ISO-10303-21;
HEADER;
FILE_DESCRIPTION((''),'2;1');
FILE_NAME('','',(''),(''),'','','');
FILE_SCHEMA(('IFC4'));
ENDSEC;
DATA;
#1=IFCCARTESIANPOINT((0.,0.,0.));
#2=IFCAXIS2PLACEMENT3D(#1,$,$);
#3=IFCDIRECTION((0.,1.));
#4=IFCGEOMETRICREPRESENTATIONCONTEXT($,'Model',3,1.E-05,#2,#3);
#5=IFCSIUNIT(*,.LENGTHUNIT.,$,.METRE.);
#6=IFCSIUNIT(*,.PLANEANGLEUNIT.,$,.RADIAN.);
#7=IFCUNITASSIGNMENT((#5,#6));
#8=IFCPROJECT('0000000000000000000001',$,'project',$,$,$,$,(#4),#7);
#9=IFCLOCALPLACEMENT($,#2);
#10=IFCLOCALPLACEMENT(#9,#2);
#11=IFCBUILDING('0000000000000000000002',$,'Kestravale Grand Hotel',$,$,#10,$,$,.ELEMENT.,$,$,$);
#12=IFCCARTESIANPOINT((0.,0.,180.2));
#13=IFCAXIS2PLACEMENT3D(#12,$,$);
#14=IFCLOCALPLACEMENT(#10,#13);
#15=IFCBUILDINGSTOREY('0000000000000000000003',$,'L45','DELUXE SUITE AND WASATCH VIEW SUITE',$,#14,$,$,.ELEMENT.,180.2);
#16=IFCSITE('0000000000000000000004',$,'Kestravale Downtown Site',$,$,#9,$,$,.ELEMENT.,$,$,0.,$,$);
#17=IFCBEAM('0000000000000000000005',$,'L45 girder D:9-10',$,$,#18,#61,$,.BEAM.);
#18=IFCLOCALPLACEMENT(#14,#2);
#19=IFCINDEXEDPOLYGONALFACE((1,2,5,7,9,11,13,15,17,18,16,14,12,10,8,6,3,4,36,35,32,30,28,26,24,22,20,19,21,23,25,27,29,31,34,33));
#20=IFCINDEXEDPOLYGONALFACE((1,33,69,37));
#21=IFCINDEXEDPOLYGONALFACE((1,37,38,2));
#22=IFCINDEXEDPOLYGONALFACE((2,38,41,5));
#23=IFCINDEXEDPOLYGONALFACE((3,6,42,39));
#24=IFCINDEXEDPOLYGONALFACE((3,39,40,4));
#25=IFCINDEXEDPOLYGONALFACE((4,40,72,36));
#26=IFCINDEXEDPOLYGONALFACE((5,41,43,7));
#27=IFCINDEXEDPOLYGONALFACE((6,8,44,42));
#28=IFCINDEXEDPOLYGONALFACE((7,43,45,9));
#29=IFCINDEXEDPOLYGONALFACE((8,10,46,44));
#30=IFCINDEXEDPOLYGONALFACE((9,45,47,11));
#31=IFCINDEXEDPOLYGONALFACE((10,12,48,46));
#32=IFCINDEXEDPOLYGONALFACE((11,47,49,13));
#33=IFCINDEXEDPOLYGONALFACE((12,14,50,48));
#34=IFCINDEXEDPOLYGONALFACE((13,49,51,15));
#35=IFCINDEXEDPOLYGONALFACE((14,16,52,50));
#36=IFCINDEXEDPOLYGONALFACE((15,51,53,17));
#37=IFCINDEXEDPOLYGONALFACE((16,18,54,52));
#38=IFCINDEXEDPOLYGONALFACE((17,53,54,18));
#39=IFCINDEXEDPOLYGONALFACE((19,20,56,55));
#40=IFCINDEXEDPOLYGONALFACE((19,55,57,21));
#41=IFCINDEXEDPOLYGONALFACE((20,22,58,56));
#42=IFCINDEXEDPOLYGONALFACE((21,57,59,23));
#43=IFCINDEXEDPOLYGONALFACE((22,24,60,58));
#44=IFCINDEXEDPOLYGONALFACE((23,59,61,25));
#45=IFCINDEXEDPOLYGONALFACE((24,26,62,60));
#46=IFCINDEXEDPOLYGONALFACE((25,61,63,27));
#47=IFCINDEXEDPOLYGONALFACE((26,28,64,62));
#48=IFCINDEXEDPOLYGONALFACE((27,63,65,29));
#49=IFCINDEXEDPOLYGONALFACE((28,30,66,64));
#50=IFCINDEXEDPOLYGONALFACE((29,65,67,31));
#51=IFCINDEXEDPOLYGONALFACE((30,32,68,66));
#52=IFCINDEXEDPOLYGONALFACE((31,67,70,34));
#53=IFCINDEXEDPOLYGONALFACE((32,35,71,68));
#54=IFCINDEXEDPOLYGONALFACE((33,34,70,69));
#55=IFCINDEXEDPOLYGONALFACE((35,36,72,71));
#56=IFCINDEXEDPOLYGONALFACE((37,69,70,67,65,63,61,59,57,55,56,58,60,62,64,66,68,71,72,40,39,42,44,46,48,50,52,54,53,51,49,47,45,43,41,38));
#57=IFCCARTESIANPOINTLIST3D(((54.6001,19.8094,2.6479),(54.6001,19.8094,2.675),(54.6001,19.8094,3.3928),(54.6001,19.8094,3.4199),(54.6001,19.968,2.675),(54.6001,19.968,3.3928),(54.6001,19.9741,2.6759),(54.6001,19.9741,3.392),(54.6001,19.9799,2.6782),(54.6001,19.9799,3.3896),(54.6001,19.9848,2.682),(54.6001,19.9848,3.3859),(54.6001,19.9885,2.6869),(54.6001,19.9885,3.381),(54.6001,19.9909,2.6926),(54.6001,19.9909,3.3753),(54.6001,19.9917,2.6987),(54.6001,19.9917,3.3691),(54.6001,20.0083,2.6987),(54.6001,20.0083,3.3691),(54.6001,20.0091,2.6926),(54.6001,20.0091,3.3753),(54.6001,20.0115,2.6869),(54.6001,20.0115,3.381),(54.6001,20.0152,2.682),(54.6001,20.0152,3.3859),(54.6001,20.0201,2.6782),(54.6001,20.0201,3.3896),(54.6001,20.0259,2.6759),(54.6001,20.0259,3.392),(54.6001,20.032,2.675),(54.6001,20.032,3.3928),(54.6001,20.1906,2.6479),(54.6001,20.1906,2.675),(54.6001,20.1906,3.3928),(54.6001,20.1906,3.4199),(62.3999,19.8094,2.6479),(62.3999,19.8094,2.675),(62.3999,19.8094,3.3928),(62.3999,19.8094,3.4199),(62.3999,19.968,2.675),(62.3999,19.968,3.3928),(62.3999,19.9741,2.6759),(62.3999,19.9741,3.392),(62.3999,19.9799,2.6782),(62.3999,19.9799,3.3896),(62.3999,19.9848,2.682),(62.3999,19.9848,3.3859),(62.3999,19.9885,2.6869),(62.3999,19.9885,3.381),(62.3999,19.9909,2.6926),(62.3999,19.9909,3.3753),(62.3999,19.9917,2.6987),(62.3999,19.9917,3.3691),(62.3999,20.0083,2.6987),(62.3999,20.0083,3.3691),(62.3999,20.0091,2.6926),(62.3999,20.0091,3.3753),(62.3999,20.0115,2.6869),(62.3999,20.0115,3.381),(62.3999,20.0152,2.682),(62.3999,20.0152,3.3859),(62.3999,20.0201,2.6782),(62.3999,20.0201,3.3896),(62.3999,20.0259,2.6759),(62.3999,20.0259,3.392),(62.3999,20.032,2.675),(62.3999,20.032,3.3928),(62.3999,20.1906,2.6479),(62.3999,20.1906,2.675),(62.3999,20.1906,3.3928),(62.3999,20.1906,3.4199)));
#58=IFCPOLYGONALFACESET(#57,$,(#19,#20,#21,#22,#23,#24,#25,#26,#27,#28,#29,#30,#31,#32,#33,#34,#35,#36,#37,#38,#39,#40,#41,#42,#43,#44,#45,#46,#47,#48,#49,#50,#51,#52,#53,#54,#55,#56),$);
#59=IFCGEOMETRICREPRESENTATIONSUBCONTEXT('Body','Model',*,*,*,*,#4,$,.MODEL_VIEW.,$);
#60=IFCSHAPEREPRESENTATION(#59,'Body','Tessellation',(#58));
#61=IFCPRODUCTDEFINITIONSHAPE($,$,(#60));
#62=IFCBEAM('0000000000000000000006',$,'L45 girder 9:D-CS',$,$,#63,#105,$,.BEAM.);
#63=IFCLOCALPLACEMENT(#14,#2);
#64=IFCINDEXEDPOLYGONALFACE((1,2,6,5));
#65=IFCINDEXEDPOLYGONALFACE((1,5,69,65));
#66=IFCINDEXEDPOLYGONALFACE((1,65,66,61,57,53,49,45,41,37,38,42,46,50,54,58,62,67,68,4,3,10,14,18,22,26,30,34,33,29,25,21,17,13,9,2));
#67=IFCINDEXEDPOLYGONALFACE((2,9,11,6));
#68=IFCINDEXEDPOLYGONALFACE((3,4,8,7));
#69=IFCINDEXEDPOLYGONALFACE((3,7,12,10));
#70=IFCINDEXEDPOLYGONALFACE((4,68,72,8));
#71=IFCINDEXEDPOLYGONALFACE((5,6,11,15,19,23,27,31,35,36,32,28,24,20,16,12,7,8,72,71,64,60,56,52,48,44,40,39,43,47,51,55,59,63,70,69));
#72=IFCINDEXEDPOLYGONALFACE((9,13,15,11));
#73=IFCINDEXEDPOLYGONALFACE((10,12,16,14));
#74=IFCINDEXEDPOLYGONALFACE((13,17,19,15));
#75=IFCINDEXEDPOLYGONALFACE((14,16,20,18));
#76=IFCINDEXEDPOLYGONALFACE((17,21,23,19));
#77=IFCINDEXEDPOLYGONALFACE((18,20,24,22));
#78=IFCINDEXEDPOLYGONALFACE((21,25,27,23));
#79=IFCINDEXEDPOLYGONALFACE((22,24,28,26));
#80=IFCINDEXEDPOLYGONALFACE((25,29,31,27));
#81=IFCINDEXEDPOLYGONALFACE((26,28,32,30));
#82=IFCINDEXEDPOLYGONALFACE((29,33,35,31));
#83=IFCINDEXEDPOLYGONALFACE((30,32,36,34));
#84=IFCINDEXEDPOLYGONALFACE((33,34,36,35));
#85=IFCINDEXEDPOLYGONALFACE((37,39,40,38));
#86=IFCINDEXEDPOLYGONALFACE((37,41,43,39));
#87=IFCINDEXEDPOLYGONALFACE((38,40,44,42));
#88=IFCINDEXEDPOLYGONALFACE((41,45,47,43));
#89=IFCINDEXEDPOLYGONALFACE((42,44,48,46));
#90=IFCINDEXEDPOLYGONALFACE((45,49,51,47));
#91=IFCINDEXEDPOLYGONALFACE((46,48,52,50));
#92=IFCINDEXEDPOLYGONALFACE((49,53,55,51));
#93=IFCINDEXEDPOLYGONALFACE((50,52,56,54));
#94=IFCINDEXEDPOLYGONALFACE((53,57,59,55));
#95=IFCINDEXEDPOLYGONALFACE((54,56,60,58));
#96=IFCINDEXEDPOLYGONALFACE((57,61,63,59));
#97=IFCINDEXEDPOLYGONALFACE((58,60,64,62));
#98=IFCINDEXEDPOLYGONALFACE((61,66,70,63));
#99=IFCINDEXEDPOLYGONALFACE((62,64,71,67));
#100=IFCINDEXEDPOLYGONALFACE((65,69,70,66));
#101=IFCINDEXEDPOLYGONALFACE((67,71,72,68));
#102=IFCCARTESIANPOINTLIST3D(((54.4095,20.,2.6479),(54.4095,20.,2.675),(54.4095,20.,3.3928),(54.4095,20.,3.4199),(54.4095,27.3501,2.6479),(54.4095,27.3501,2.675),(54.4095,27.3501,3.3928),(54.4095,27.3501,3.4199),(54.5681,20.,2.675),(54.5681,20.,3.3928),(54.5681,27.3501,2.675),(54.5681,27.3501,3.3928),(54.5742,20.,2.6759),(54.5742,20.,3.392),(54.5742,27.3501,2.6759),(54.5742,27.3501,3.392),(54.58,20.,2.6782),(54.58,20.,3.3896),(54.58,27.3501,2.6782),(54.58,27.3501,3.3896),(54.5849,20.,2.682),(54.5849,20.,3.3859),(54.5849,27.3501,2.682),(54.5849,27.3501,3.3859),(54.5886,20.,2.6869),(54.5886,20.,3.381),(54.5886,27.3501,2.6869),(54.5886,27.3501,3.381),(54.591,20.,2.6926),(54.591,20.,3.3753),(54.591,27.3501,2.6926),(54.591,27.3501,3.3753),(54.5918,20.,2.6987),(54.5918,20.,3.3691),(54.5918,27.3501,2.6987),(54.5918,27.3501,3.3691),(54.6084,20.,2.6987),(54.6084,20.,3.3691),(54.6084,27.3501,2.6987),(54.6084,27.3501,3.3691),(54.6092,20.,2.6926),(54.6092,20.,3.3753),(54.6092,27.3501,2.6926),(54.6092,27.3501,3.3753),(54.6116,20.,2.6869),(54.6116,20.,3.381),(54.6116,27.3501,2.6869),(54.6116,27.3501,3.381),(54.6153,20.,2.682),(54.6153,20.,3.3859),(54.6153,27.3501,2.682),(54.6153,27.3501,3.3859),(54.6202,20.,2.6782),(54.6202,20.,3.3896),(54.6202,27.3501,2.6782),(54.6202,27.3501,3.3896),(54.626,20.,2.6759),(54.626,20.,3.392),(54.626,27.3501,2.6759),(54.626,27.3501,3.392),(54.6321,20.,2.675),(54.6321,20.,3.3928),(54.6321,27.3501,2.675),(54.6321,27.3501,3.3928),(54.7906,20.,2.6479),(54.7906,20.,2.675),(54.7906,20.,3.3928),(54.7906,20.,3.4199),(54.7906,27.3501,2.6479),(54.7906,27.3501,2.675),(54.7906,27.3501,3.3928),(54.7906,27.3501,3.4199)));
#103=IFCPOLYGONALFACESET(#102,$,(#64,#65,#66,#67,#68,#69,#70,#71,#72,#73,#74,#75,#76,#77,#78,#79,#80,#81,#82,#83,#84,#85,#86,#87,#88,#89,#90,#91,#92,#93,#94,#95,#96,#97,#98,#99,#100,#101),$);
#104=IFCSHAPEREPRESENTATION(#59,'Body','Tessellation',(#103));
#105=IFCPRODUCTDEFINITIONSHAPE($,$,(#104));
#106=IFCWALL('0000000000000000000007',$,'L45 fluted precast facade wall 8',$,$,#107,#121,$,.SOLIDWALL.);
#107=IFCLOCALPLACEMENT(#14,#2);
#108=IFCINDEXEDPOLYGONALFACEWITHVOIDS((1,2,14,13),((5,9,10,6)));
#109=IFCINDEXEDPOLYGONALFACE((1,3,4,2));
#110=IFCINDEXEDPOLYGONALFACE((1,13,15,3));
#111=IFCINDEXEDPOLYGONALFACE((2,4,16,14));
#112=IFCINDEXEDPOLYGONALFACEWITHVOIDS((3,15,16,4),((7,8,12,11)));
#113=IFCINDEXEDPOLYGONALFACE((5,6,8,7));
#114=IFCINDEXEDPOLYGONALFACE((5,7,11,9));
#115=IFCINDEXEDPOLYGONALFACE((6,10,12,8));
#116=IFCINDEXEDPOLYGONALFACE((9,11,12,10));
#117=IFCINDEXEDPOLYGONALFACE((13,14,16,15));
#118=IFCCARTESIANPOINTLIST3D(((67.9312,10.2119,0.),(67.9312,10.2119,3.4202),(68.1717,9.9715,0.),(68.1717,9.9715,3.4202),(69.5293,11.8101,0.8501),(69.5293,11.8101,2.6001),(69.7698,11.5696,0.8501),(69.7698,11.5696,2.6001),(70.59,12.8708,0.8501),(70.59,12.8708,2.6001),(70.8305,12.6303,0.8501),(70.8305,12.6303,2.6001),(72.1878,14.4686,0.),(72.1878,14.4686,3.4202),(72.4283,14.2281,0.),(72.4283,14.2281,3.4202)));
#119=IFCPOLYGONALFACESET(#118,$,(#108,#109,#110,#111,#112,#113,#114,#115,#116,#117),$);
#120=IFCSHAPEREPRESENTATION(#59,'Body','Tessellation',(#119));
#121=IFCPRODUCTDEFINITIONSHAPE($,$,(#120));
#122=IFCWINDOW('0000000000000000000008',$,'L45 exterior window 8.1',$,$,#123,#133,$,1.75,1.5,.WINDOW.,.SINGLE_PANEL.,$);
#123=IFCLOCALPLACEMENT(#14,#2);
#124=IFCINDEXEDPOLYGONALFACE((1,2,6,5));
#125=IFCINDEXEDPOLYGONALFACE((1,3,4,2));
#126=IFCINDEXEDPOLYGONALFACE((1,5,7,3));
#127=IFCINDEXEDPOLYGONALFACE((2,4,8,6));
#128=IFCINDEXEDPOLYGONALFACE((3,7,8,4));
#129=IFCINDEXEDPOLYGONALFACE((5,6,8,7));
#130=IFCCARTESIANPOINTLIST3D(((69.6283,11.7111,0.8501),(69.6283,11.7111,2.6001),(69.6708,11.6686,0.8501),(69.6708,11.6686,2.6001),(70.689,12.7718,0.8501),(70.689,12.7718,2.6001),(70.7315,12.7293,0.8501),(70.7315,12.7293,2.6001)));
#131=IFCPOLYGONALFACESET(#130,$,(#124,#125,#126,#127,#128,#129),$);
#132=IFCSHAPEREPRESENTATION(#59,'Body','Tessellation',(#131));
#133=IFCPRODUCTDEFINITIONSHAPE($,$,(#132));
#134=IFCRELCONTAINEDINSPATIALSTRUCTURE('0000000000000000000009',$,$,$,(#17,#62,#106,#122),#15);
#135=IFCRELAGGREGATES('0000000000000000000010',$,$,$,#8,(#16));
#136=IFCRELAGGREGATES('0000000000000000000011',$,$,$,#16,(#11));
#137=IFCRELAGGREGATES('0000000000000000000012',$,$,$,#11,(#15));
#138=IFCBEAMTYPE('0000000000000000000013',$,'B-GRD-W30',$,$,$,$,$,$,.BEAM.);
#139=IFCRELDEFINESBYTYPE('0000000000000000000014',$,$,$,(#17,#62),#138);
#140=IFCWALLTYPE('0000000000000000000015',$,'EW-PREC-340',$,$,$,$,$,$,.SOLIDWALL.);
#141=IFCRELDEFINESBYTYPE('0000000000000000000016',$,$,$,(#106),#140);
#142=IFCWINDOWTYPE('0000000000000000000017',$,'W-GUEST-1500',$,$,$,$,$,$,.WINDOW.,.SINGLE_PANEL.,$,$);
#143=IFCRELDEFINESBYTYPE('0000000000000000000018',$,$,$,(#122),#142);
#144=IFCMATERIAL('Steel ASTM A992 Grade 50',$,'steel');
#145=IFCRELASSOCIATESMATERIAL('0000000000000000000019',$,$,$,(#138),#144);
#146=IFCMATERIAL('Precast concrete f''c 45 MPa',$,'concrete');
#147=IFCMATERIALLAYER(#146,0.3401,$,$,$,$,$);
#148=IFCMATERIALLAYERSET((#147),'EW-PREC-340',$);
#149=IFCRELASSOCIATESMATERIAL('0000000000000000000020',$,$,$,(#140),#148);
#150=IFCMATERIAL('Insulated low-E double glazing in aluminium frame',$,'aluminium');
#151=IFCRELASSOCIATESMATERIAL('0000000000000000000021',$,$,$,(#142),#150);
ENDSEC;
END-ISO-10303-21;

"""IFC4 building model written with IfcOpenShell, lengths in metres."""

from ifc_helpers import new_model, si_unit, direction, frame, frame_2d, origin, origin_2d, place, context, subcontext, project, spatial, rectangle, i_section, extrude, material, layer, layer_set, material_profile, profile_set, type_object, element, fill, save


model = new_model("IFC4")

# Units and contexts
model_context = context("Model", 3, precision=1e-05, world=origin(), true_north=direction((0.0, 1.0)))
body_context = subcontext(model_context, "Body", "Model", "MODEL_VIEW")
ifc_project = project(units=[si_unit("LENGTHUNIT", "METRE"), si_unit("PLANEANGLEUNIT", "RADIAN")], contexts=[model_context])

# Site, building, storey
site_placement = place(None, origin())
site = spatial("IfcSite", under=ifc_project, at=site_placement, Name="Kestravale Downtown Site", CompositionType="ELEMENT", RefElevation=0.0)
building_placement = place(site_placement, origin())
building = spatial("IfcBuilding", under=site, at=building_placement, Name="Kestravale Grand Hotel", CompositionType="ELEMENT")
storey_placement = place(building_placement, frame((0.0, 0.0, 180.2)))
storey = spatial("IfcBuildingStorey", under=building, at=storey_placement, Name="L45", Description="DELUXE SUITE AND WASATCH VIEW SUITE", CompositionType="ELEMENT", Elevation=180.2)

# Beams
ifc_material_1 = material(Name="Steel ASTM A992 Grade 50", Category="steel")
ifc_material_profile_1 = material_profile(ifc_material_1, i_section(OverallWidth=0.3811, OverallDepth=0.772, WebThickness=0.0166, FlangeThickness=0.0271, FilletRadius=0.0237, at=origin_2d()))
ifc_profile_set_1 = profile_set([ifc_material_profile_1], Name="Steel ASTM A992 Grade 50")
beam_type_1 = type_object("IfcBeamType", Name="B-GRD-W30", PredefinedType="BEAM", material=ifc_profile_set_1)
beam_1_placement = place(storey_placement, frame((54.6001, 20.0, 3.0339), z_axis=(1.0, 0.0, 0.0), x_axis=(0.0, 1.0, 0.0)))
element("IfcBeam", 1, at=beam_1_placement, inside=storey, type_object=beam_type_1, Name="L45 girder D:9-10", PredefinedType="BEAM", context=body_context, shape_type="SweptSolid", body=[
    extrude(i_section(OverallWidth=0.3811, OverallDepth=0.772, WebThickness=0.0166, FlangeThickness=0.0271, FilletRadius=0.0237, at=origin_2d()), origin(), (0.0, 0.0, 1.0), 7.7998),
])
beam_2_placement = place(storey_placement, frame((54.6001, 20.0, 3.0339), z_axis=(0.0, 1.0, 0.0), x_axis=(-1.0, 0.0, 0.0)))
element("IfcBeam", 2, at=beam_2_placement, inside=storey, type_object=beam_type_1, Name="L45 girder 9:D-CS", PredefinedType="BEAM", context=body_context, shape_type="SweptSolid", body=[
    extrude(i_section(OverallWidth=0.3811, OverallDepth=0.772, WebThickness=0.0166, FlangeThickness=0.0271, FilletRadius=0.0237, at=origin_2d()), origin(), (0.0, 0.0, 1.0), 7.3501),
])

# Wall, opening, window
ifc_material_2 = material(Name="Precast concrete f'c 45 MPa", Category="concrete")
ifc_layer_1 = layer(ifc_material_2, 0.3401)
ifc_layer_set_1 = layer_set([ifc_layer_1], Name="EW-PREC-340")
wall_type_1 = type_object("IfcWallType", Name="EW-PREC-340", PredefinedType="SOLIDWALL", material=ifc_layer_set_1)
wall_1_placement = place(storey_placement, frame((68.0515, 10.0918, 0.0), z_axis=(0.0, 0.0, 1.0), x_axis=(0.707107, 0.707107, 0.0)))
wall_1 = element("IfcWall", 3, at=wall_1_placement, inside=storey, type_object=wall_type_1, Name="L45 fluted precast facade wall 8", PredefinedType="SOLIDWALL", context=body_context, shape_type="SweptSolid", body=[
    extrude(rectangle(XDim=6.0198, YDim=0.3401, at=frame_2d((3.0098, 0.0))), origin(), (0.0, 0.0, 1.0), 3.4202),
])
opening_1_placement = place(wall_1_placement, frame((2.26, 0.0, 0.8501)))
opening_1 = element("IfcOpeningElement", 4, at=opening_1_placement, cuts=wall_1, PredefinedType="OPENING", context=body_context, shape_type="SweptSolid", body=[
    extrude(rectangle(XDim=1.5, YDim=1.75, at=frame_2d((0.75, 0.875))), frame((0.0, 0.1799, 0.0), z_axis=(0.0, -1.0, 0.0), x_axis=(1.0, 0.0, 0.0)), (0.0, 0.0, 1.0), 0.3601),
])
ifc_material_3 = material(Name="Insulated low-E double glazing in aluminium frame", Category="aluminium")
window_type = type_object("IfcWindowType", Name="W-GUEST-1500", PartitioningType="SINGLE_PANEL", PredefinedType="WINDOW", material=ifc_material_3)
window_1_placement = place(opening_1_placement, origin())
window_1 = element("IfcWindow", 5, at=window_1_placement, inside=storey, type_object=window_type, Name="L45 exterior window 8.1", OverallHeight=1.75, OverallWidth=1.5, PartitioningType="SINGLE_PANEL", PredefinedType="WINDOW", context=body_context, shape_type="SweptSolid", body=[
    extrude(rectangle(XDim=1.5, YDim=1.75, at=frame_2d((0.75, 0.875))), frame((0.0, 0.03, 0.0), z_axis=(0.0, -1.0, 0.0), x_axis=(1.0, 0.0, 0.0)), (0.0, 0.0, 1.0), 0.0601),
])
fill(opening_1, window_1)

save(model, "model.ifc")
